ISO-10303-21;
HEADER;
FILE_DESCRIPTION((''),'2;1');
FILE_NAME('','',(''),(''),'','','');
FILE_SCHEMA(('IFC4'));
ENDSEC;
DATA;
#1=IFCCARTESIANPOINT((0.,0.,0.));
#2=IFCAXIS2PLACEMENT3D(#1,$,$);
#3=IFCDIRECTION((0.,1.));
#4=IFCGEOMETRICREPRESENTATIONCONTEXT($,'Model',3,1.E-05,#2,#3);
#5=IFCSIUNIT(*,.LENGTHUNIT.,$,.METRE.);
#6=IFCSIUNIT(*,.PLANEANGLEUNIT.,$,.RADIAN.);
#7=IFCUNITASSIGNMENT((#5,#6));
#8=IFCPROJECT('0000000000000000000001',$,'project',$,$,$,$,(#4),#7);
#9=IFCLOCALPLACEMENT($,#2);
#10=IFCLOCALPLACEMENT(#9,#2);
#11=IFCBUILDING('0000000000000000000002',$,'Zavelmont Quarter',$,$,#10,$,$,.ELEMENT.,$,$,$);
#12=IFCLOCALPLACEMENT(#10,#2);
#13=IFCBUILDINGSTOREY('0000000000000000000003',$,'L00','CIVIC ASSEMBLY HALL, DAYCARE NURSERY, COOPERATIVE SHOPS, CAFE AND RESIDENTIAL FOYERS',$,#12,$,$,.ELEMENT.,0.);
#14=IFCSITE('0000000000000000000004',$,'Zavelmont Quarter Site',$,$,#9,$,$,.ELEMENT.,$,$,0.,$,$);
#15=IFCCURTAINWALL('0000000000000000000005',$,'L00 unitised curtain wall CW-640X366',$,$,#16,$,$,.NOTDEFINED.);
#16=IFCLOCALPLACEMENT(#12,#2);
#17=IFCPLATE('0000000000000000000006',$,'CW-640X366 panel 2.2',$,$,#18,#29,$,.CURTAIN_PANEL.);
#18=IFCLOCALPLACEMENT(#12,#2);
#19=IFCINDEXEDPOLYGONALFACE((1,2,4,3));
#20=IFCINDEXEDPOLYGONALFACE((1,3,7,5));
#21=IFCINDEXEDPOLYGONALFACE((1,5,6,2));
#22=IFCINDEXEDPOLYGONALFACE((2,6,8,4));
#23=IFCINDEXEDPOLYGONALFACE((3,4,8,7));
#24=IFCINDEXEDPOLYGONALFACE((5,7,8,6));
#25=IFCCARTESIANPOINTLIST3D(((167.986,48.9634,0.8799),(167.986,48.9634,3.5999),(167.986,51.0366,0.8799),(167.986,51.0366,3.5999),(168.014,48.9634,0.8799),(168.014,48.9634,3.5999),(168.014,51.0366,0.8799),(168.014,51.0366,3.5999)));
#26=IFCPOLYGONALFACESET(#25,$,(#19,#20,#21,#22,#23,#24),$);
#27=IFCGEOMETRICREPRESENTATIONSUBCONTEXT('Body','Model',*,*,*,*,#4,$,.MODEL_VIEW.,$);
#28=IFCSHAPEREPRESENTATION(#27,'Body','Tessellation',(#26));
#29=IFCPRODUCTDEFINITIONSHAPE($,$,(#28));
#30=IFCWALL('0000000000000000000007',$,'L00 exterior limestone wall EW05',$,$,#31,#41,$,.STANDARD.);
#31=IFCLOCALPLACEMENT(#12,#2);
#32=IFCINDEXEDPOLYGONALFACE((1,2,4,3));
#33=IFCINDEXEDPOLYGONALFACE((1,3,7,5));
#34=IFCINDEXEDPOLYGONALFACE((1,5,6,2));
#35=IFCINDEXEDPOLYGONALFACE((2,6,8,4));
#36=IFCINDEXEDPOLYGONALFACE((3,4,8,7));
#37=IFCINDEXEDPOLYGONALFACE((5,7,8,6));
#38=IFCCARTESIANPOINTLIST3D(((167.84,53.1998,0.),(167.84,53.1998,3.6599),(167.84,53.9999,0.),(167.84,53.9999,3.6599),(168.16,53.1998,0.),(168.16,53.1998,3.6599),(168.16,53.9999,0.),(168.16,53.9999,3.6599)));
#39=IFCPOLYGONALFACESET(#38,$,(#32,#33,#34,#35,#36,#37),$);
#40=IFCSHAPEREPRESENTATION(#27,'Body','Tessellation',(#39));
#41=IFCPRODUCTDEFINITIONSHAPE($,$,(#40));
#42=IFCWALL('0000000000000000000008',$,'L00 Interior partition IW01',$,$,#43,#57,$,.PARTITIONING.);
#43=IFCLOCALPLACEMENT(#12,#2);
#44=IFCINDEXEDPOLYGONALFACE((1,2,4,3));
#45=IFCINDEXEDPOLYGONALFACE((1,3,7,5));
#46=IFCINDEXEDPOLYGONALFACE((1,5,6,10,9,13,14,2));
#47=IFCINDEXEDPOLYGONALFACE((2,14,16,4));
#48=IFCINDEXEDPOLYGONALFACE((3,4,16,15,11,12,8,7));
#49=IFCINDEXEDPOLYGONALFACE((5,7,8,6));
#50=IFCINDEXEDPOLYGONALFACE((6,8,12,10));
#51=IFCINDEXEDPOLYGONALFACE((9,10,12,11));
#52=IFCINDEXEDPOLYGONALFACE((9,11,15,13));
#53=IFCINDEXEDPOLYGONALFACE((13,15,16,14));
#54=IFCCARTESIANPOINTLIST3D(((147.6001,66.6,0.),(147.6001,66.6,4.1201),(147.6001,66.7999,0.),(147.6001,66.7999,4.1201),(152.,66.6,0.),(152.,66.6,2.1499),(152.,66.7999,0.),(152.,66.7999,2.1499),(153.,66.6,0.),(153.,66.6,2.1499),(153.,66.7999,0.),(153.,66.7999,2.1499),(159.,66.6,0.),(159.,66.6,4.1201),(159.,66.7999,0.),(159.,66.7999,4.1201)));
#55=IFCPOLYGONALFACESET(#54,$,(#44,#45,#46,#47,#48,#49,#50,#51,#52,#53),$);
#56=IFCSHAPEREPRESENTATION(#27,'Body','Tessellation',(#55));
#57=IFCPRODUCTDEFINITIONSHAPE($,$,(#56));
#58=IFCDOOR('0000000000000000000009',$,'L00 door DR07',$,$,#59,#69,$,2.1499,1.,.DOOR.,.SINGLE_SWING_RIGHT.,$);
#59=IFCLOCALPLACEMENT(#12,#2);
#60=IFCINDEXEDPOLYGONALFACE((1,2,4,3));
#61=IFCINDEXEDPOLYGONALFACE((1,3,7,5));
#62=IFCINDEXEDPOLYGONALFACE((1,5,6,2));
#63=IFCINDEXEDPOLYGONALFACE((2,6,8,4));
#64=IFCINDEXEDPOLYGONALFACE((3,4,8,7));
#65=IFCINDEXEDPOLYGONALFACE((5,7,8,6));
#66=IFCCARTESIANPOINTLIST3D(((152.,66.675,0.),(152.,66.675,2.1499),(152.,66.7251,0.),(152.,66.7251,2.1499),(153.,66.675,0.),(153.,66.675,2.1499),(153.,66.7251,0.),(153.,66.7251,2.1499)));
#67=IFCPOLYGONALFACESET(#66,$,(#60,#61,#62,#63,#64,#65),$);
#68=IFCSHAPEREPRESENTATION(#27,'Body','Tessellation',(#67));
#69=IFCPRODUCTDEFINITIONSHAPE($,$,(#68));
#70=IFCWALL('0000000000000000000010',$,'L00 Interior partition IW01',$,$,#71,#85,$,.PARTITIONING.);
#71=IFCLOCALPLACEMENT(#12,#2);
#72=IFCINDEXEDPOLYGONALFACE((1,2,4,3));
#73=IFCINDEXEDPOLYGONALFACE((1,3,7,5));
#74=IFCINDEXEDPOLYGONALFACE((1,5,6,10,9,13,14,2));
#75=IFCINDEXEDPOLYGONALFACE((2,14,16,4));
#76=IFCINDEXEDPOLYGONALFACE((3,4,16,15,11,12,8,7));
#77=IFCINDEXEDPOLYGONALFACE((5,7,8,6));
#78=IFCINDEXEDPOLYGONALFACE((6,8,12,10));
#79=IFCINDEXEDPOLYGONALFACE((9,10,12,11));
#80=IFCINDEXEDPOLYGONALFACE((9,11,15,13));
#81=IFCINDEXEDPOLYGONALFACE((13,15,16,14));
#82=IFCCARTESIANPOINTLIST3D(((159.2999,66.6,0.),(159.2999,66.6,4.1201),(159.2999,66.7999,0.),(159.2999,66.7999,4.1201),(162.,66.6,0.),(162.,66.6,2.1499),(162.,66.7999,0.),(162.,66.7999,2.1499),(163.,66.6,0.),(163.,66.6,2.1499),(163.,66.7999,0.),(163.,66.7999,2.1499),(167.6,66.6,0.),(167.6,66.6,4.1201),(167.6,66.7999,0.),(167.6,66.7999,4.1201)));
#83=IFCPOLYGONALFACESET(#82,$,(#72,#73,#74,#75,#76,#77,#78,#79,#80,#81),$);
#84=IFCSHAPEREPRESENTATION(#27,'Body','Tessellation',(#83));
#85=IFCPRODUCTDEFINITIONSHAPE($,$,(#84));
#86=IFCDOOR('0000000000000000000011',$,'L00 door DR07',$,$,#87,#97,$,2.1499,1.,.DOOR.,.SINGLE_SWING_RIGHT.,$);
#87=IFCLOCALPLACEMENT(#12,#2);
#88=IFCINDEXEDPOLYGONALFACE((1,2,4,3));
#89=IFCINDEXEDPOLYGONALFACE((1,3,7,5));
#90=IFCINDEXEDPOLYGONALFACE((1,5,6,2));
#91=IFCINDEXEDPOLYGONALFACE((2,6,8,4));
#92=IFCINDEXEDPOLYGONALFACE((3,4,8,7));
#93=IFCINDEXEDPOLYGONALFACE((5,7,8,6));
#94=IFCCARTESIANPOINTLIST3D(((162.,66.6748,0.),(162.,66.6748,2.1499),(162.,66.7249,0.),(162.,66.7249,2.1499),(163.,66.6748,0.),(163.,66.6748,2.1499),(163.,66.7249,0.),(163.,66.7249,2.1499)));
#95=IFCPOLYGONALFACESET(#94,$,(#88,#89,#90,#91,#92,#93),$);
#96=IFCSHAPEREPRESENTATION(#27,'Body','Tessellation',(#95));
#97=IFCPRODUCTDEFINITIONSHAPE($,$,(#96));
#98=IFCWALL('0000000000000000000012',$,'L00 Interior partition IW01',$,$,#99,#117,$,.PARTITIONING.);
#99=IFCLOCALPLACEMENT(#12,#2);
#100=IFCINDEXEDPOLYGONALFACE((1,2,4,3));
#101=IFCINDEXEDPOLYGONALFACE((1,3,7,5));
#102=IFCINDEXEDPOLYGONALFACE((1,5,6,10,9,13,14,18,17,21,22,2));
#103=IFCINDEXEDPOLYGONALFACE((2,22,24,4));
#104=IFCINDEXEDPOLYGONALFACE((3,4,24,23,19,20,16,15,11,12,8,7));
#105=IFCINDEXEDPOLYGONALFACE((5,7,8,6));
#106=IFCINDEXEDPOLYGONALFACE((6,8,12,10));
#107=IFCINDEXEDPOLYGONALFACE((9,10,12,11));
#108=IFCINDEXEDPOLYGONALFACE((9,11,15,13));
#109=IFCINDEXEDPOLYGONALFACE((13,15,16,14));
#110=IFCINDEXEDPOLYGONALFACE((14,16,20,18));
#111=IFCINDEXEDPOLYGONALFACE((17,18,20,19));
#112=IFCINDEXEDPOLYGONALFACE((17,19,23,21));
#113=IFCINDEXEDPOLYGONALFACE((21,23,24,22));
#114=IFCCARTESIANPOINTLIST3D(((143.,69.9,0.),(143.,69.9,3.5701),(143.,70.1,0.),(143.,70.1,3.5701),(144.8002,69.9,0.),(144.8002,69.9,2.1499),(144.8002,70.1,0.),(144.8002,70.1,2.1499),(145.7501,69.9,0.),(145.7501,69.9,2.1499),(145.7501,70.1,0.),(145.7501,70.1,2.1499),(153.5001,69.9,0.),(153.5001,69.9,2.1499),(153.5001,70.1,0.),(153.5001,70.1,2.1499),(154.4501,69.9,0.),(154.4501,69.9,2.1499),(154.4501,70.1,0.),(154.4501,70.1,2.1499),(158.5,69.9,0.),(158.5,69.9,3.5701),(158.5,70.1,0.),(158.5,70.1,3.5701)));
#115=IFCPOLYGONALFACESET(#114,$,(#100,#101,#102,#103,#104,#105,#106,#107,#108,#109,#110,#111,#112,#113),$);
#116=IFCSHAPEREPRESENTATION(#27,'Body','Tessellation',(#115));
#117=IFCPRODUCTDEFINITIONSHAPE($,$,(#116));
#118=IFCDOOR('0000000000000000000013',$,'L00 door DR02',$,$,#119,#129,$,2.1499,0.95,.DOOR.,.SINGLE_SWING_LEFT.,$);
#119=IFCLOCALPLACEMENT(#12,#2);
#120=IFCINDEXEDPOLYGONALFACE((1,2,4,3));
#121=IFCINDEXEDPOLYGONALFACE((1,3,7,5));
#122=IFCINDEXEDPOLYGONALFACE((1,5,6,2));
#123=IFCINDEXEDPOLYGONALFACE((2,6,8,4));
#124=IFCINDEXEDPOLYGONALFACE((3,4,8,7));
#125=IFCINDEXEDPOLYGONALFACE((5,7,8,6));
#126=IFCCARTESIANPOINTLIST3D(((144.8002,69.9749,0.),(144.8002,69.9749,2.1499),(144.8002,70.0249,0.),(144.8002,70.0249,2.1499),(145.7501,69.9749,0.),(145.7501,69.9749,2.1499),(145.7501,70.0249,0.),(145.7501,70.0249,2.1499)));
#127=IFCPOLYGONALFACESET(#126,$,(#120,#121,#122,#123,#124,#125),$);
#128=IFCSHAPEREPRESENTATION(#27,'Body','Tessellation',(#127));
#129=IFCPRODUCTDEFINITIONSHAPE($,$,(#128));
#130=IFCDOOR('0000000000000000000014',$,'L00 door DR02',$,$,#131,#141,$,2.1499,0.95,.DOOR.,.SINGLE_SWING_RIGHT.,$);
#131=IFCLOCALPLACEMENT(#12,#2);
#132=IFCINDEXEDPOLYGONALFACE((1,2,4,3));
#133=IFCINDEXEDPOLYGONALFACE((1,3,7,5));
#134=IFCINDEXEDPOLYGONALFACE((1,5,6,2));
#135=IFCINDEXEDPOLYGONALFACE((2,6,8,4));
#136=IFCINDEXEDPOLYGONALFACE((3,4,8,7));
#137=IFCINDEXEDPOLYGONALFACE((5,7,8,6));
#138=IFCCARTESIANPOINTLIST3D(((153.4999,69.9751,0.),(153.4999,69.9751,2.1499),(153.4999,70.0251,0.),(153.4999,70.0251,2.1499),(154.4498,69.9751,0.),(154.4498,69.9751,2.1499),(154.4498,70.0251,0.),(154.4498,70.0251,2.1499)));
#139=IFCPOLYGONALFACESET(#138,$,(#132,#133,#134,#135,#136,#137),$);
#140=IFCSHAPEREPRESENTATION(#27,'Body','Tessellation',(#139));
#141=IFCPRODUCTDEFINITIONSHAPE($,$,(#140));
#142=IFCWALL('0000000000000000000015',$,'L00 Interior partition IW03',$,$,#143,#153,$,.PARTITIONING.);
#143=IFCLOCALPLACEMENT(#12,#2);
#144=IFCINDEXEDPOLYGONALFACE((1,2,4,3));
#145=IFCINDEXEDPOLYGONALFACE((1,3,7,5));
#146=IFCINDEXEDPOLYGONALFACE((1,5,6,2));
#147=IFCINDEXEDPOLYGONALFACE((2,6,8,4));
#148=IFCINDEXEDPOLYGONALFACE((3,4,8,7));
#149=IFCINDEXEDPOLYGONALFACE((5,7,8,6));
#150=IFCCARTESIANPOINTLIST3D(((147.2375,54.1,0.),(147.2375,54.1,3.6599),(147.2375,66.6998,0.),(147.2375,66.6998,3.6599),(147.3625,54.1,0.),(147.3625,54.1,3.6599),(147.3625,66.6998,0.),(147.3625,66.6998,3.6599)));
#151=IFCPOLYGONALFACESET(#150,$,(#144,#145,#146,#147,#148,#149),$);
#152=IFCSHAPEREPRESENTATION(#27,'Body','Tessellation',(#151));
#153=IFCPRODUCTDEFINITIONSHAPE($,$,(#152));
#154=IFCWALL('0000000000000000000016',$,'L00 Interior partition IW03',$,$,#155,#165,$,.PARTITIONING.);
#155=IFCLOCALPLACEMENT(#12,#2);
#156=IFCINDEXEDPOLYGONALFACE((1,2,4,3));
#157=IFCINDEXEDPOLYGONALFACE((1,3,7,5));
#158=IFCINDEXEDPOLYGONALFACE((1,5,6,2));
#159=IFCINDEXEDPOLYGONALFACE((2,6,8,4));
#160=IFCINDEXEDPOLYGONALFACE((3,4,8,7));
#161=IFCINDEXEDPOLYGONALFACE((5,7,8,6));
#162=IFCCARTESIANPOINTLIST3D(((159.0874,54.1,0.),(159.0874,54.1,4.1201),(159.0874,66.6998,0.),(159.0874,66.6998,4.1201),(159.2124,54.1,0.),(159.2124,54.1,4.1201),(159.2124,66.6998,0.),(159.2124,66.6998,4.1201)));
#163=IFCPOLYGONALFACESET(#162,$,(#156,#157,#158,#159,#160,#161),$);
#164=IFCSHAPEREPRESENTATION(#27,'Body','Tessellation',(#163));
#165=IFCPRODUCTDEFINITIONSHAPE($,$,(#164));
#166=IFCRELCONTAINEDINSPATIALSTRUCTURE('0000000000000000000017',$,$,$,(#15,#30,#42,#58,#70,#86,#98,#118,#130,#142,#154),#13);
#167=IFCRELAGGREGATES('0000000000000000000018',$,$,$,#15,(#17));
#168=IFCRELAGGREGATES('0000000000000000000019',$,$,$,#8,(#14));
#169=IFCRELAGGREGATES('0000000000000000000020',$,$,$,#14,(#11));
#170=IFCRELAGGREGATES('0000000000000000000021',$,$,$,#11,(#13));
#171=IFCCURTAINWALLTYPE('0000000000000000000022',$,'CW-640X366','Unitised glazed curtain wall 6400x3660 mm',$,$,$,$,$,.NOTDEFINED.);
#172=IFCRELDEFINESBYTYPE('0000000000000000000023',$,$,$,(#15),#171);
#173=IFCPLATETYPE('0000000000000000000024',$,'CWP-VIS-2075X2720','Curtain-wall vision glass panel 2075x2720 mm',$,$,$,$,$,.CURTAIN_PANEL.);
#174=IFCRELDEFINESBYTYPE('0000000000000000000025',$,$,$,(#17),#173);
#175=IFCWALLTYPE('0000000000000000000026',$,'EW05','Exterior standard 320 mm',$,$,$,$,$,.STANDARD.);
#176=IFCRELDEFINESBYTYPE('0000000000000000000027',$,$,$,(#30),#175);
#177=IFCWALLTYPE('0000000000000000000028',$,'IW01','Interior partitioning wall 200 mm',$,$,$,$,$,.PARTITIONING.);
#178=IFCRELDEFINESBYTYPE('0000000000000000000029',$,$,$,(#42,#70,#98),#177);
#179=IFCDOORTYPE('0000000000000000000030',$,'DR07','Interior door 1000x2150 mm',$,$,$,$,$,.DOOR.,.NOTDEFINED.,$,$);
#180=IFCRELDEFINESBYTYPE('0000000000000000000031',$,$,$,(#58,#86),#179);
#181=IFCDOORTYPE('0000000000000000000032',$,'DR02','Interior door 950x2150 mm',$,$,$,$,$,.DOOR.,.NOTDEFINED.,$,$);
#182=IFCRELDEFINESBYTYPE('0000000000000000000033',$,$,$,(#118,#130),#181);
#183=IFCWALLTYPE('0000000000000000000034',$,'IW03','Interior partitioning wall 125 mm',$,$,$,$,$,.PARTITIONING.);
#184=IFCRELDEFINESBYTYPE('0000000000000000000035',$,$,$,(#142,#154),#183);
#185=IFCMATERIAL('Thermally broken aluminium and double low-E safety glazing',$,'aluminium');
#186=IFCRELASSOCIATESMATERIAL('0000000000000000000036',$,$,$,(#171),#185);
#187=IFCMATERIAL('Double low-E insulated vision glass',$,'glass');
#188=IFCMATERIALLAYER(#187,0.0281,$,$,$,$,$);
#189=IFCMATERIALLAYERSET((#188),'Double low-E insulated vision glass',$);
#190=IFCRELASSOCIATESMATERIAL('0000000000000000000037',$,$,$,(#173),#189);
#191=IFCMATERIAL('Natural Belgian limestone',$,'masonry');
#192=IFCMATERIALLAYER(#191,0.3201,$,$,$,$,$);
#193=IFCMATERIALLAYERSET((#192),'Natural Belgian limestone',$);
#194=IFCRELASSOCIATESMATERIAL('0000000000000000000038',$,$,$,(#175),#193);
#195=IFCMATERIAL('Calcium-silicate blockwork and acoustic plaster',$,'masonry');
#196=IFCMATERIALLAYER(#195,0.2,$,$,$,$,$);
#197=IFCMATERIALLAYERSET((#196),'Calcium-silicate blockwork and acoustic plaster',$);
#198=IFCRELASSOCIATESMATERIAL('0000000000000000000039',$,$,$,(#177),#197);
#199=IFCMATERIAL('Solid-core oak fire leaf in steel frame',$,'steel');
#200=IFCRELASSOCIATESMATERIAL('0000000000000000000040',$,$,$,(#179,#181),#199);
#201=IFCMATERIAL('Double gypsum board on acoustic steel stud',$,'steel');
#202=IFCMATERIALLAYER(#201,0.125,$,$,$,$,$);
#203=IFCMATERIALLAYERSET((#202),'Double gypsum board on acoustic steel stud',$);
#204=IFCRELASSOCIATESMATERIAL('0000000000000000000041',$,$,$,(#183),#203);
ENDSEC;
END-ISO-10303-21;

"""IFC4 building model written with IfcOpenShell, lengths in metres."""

from ifc_helpers import new_model, si_unit, direction, frame, frame_2d, origin, origin_with_axes, origin_2d, place, context, subcontext, project, spatial, rectangle, extrude, material, layer, layer_set, type_object, element, fill, aggregate, save


model = new_model("IFC4")

# Units and contexts
model_context = context("Model", 3, precision=1e-05, world=origin(), true_north=direction((0.0, 1.0)))
body_context = subcontext(model_context, "Body", "Model", "MODEL_VIEW")
ifc_project = project(units=[si_unit("LENGTHUNIT", "METRE"), si_unit("PLANEANGLEUNIT", "RADIAN")], contexts=[model_context])

# Site, building, storey
site_placement = place(None, origin())
site = spatial("IfcSite", under=ifc_project, at=site_placement, Name="Zavelmont Quarter Site", CompositionType="ELEMENT", RefElevation=0.0)
building_placement = place(site_placement, origin())
building = spatial("IfcBuilding", under=site, at=building_placement, Name="Zavelmont Quarter", CompositionType="ELEMENT")
storey_placement = place(building_placement, origin())
storey = spatial("IfcBuildingStorey", under=building, at=storey_placement, Name="L00", Description="CIVIC ASSEMBLY HALL, DAYCARE NURSERY, COOPERATIVE SHOPS, CAFE AND RESIDENTIAL FOYERS", CompositionType="ELEMENT", Elevation=0.0)

# Curtain wall, plate
ifc_material_1 = material(Name="Thermally broken aluminium and double low-E safety glazing", Category="aluminium")
curtain_wall_type = type_object("IfcCurtainWallType", Name="CW-640X366", Description="Unitised glazed curtain wall 6400x3660 mm", PredefinedType="NOTDEFINED", material=ifc_material_1)
curtain_wall_placement = place(storey_placement, origin())
curtain_wall = element("IfcCurtainWall", 1, at=curtain_wall_placement, inside=storey, type_object=curtain_wall_type, Name="L00 unitised curtain wall CW-640X366", PredefinedType="NOTDEFINED")
ifc_material_2 = material(Name="Double low-E insulated vision glass", Category="glass")
ifc_layer_1 = layer(ifc_material_2, 0.0281)
ifc_layer_set_1 = layer_set([ifc_layer_1], Name="Double low-E insulated vision glass")
plate_type_1 = type_object("IfcPlateType", Name="CWP-VIS-2075X2720", Description="Curtain-wall vision glass panel 2075x2720 mm", PredefinedType="CURTAIN_PANEL", material=ifc_layer_set_1)
plate_1_placement = place(storey_placement, frame((168.0, 50.0, 0.8799), z_axis=(0.0, 0.0, 1.0), x_axis=(0.0, 1.0, 0.0)))
plate_1 = element("IfcPlate", 2, at=plate_1_placement, type_object=plate_type_1, Name="CW-640X366 panel 2.2", PredefinedType="CURTAIN_PANEL", context=body_context, shape_type="SweptSolid", body=[
    extrude(rectangle(XDim=2.0732, YDim=0.0281, at=origin_2d()), origin(), (0.0, 0.0, 1.0), 2.72),
])
aggregate(curtain_wall, [plate_1])

# Wall
ifc_material_3 = material(Name="Natural Belgian limestone", Category="masonry")
ifc_layer_2 = layer(ifc_material_3, 0.3201)
ifc_layer_set_2 = layer_set([ifc_layer_2], Name="Natural Belgian limestone")
wall_type_1 = type_object("IfcWallType", Name="EW05", Description="Exterior standard 320 mm", PredefinedType="STANDARD", material=ifc_layer_set_2)
wall_1_placement = place(storey_placement, frame((168.0, 53.2, 0.0), z_axis=(0.0, 0.0, 1.0), x_axis=(0.0, 1.0, 0.0)))
element("IfcWall", 3, at=wall_1_placement, inside=storey, type_object=wall_type_1, Name="L00 exterior limestone wall EW05", PredefinedType="STANDARD", context=body_context, shape_type="SweptSolid", body=[
    extrude(rectangle(XDim=0.8, YDim=0.3201, at=frame_2d((0.3999, 0.0))), origin(), (0.0, 0.0, 1.0), 3.6599),
])

# Walls, openings, doors
ifc_material_4 = material(Name="Calcium-silicate blockwork and acoustic plaster", Category="masonry")
ifc_layer_3 = layer(ifc_material_4, 0.2)
ifc_layer_set_3 = layer_set([ifc_layer_3], Name="Calcium-silicate blockwork and acoustic plaster")
wall_type_2 = type_object("IfcWallType", Name="IW01", Description="Interior partitioning wall 200 mm", PredefinedType="PARTITIONING", material=ifc_layer_set_3)
wall_2_placement = place(storey_placement, frame((147.6001, 66.7, 0.0), z_axis=(0.0, 0.0, 1.0), x_axis=(1.0, 0.0, 0.0)))
wall_2 = element("IfcWall", 4, at=wall_2_placement, inside=storey, type_object=wall_type_2, Name="L00 Interior partition IW01", PredefinedType="PARTITIONING", context=body_context, shape_type="SweptSolid", body=[
    extrude(rectangle(XDim=11.3999, YDim=0.2, at=frame_2d((5.7, 0.0))), origin(), (0.0, 0.0, 1.0), 4.1201),
])
opening_1_placement = place(wall_2_placement, frame((4.3999, 0.0, 0.0)))
opening_1 = element("IfcOpeningElement", 5, at=opening_1_placement, cuts=wall_2, PredefinedType="OPENING", context=body_context, shape_type="SweptSolid", body=[
    extrude(rectangle(XDim=1.0, YDim=2.1499, at=frame_2d((0.5, 1.075))), frame((0.0, 0.1118, 0.0), z_axis=(0.0, -1.0, 0.0), x_axis=(1.0, 0.0, 0.0)), (0.0, 0.0, 1.0), 0.2239),
])
ifc_material_5 = material(Name="Solid-core oak fire leaf in steel frame", Category="steel")
door_type_1 = type_object("IfcDoorType", Name="DR07", Description="Interior door 1000x2150 mm", OperationType="NOTDEFINED", PredefinedType="DOOR", material=ifc_material_5)
door_1_placement = place(opening_1_placement, frame((1.0, 0.0, 0.0), z_axis=(0.0, 0.0, 1.0), x_axis=(-1.0, 0.0, 0.0)))
door_1 = element("IfcDoor", 6, at=door_1_placement, inside=storey, type_object=door_type_1, Name="L00 door DR07", OperationType="SINGLE_SWING_RIGHT", OverallHeight=2.1499, OverallWidth=1.0, PredefinedType="DOOR", context=body_context, shape_type="SweptSolid", body=[
    extrude(rectangle(XDim=1.0, YDim=2.1499, at=frame_2d((0.5, 1.075))), frame((0.0, 0.0249, 0.0), z_axis=(0.0, -1.0, 0.0), x_axis=(1.0, 0.0, 0.0)), (0.0, 0.0, 1.0), 0.05),
])
fill(opening_1, door_1)
wall_3_placement = place(storey_placement, frame((159.3, 66.7, 0.0), z_axis=(0.0, 0.0, 1.0), x_axis=(1.0, 0.0, 0.0)))
wall_3 = element("IfcWall", 7, at=wall_3_placement, inside=storey, type_object=wall_type_2, Name="L00 Interior partition IW01", PredefinedType="PARTITIONING", context=body_context, shape_type="SweptSolid", body=[
    extrude(rectangle(XDim=8.3, YDim=0.2, at=frame_2d((4.1499, 0.0))), origin(), (0.0, 0.0, 1.0), 4.1201),
])
opening_2_placement = place(wall_3_placement, frame((2.7, 0.0, 0.0)))
opening_2 = element("IfcOpeningElement", 8, at=opening_2_placement, cuts=wall_3, PredefinedType="OPENING", context=body_context, shape_type="SweptSolid", body=[
    extrude(rectangle(XDim=1.0, YDim=2.1499, at=frame_2d((0.5, 1.075))), frame((0.0, 0.1118, 0.0), z_axis=(0.0, -1.0, 0.0), x_axis=(1.0, 0.0, 0.0)), (0.0, 0.0, 1.0), 0.2239),
])
door_2_placement = place(opening_2_placement, origin_with_axes())
door_2 = element("IfcDoor", 9, at=door_2_placement, inside=storey, type_object=door_type_1, Name="L00 door DR07", OperationType="SINGLE_SWING_RIGHT", OverallHeight=2.1499, OverallWidth=1.0, PredefinedType="DOOR", context=body_context, shape_type="SweptSolid", body=[
    extrude(rectangle(XDim=1.0, YDim=2.1499, at=frame_2d((0.5, 1.075))), frame((0.0, 0.0249, 0.0), z_axis=(0.0, -1.0, 0.0), x_axis=(1.0, 0.0, 0.0)), (0.0, 0.0, 1.0), 0.05),
])
fill(opening_2, door_2)

# Wall, openings, doors
wall_4_placement = place(storey_placement, frame((143.0, 70.0, 0.0), z_axis=(0.0, 0.0, 1.0), x_axis=(1.0, 0.0, 0.0)))
wall_4 = element("IfcWall", 10, at=wall_4_placement, inside=storey, type_object=wall_type_2, Name="L00 Interior partition IW01", PredefinedType="PARTITIONING", context=body_context, shape_type="SweptSolid", body=[
    extrude(rectangle(XDim=15.5, YDim=0.2, at=frame_2d((7.75, 0.0))), origin(), (0.0, 0.0, 1.0), 3.5701),
])
opening_3_placement = place(wall_4_placement, frame((1.8, 0.0, 0.0)))
opening_3 = element("IfcOpeningElement", 11, at=opening_3_placement, cuts=wall_4, PredefinedType="OPENING", context=body_context, shape_type="SweptSolid", body=[
    extrude(rectangle(XDim=0.95, YDim=2.1499, at=frame_2d((0.4751, 1.075))), frame((0.0, 0.1118, 0.0), z_axis=(0.0, -1.0, 0.0), x_axis=(1.0, 0.0, 0.0)), (0.0, 0.0, 1.0), 0.2239),
])
opening_4_placement = place(wall_4_placement, frame((10.5, 0.0, 0.0)))
opening_4 = element("IfcOpeningElement", 12, at=opening_4_placement, cuts=wall_4, PredefinedType="OPENING", context=body_context, shape_type="SweptSolid", body=[
    extrude(rectangle(XDim=0.95, YDim=2.1499, at=frame_2d((0.4751, 1.075))), frame((0.0, 0.1118, 0.0), z_axis=(0.0, -1.0, 0.0), x_axis=(1.0, 0.0, 0.0)), (0.0, 0.0, 1.0), 0.2239),
])
door_type_2 = type_object("IfcDoorType", Name="DR02", Description="Interior door 950x2150 mm", OperationType="NOTDEFINED", PredefinedType="DOOR", material=ifc_material_5)
door_3_placement = place(opening_3_placement, origin_with_axes())
door_3 = element("IfcDoor", 13, at=door_3_placement, inside=storey, type_object=door_type_2, Name="L00 door DR02", OperationType="SINGLE_SWING_LEFT", OverallHeight=2.1499, OverallWidth=0.95, PredefinedType="DOOR", context=body_context, shape_type="SweptSolid", body=[
    extrude(rectangle(XDim=0.95, YDim=2.1499, at=frame_2d((0.4751, 1.075))), frame((0.0, 0.0249, 0.0), z_axis=(0.0, -1.0, 0.0), x_axis=(1.0, 0.0, 0.0)), (0.0, 0.0, 1.0), 0.05),
])
fill(opening_3, door_3)
door_4_placement = place(opening_4_placement, frame((0.95, 0.0, 0.0), z_axis=(0.0, 0.0, 1.0), x_axis=(-1.0, 0.0, 0.0)))
door_4 = element("IfcDoor", 14, at=door_4_placement, inside=storey, type_object=door_type_2, Name="L00 door DR02", OperationType="SINGLE_SWING_RIGHT", OverallHeight=2.1499, OverallWidth=0.95, PredefinedType="DOOR", context=body_context, shape_type="SweptSolid", body=[
    extrude(rectangle(XDim=0.95, YDim=2.1499, at=frame_2d((0.4751, 1.075))), frame((0.0, 0.0249, 0.0), z_axis=(0.0, -1.0, 0.0), x_axis=(1.0, 0.0, 0.0)), (0.0, 0.0, 1.0), 0.05),
])
fill(opening_4, door_4)

# Walls
ifc_material_6 = material(Name="Double gypsum board on acoustic steel stud", Category="steel")
ifc_layer_4 = layer(ifc_material_6, 0.125)
ifc_layer_set_4 = layer_set([ifc_layer_4], Name="Double gypsum board on acoustic steel stud")
wall_type_3 = type_object("IfcWallType", Name="IW03", Description="Interior partitioning wall 125 mm", PredefinedType="PARTITIONING", material=ifc_layer_set_4)
wall_5_placement = place(storey_placement, frame((147.3, 54.1001, 0.0), z_axis=(0.0, 0.0, 1.0), x_axis=(0.0, 1.0, 0.0)))
element("IfcWall", 15, at=wall_5_placement, inside=storey, type_object=wall_type_3, Name="L00 Interior partition IW03", PredefinedType="PARTITIONING", context=body_context, shape_type="SweptSolid", body=[
    extrude(rectangle(XDim=12.5999, YDim=0.125, at=frame_2d((6.2998, 0.0))), origin(), (0.0, 0.0, 1.0), 3.6599),
])
wall_6_placement = place(storey_placement, frame((159.1499, 54.1001, 0.0), z_axis=(0.0, 0.0, 1.0), x_axis=(0.0, 1.0, 0.0)))
element("IfcWall", 16, at=wall_6_placement, inside=storey, type_object=wall_type_3, Name="L00 Interior partition IW03", PredefinedType="PARTITIONING", context=body_context, shape_type="SweptSolid", body=[
    extrude(rectangle(XDim=12.5999, YDim=0.125, at=frame_2d((6.2998, 0.0))), origin(), (0.0, 0.0, 1.0), 4.1201),
])

save(model, "model.ifc")
